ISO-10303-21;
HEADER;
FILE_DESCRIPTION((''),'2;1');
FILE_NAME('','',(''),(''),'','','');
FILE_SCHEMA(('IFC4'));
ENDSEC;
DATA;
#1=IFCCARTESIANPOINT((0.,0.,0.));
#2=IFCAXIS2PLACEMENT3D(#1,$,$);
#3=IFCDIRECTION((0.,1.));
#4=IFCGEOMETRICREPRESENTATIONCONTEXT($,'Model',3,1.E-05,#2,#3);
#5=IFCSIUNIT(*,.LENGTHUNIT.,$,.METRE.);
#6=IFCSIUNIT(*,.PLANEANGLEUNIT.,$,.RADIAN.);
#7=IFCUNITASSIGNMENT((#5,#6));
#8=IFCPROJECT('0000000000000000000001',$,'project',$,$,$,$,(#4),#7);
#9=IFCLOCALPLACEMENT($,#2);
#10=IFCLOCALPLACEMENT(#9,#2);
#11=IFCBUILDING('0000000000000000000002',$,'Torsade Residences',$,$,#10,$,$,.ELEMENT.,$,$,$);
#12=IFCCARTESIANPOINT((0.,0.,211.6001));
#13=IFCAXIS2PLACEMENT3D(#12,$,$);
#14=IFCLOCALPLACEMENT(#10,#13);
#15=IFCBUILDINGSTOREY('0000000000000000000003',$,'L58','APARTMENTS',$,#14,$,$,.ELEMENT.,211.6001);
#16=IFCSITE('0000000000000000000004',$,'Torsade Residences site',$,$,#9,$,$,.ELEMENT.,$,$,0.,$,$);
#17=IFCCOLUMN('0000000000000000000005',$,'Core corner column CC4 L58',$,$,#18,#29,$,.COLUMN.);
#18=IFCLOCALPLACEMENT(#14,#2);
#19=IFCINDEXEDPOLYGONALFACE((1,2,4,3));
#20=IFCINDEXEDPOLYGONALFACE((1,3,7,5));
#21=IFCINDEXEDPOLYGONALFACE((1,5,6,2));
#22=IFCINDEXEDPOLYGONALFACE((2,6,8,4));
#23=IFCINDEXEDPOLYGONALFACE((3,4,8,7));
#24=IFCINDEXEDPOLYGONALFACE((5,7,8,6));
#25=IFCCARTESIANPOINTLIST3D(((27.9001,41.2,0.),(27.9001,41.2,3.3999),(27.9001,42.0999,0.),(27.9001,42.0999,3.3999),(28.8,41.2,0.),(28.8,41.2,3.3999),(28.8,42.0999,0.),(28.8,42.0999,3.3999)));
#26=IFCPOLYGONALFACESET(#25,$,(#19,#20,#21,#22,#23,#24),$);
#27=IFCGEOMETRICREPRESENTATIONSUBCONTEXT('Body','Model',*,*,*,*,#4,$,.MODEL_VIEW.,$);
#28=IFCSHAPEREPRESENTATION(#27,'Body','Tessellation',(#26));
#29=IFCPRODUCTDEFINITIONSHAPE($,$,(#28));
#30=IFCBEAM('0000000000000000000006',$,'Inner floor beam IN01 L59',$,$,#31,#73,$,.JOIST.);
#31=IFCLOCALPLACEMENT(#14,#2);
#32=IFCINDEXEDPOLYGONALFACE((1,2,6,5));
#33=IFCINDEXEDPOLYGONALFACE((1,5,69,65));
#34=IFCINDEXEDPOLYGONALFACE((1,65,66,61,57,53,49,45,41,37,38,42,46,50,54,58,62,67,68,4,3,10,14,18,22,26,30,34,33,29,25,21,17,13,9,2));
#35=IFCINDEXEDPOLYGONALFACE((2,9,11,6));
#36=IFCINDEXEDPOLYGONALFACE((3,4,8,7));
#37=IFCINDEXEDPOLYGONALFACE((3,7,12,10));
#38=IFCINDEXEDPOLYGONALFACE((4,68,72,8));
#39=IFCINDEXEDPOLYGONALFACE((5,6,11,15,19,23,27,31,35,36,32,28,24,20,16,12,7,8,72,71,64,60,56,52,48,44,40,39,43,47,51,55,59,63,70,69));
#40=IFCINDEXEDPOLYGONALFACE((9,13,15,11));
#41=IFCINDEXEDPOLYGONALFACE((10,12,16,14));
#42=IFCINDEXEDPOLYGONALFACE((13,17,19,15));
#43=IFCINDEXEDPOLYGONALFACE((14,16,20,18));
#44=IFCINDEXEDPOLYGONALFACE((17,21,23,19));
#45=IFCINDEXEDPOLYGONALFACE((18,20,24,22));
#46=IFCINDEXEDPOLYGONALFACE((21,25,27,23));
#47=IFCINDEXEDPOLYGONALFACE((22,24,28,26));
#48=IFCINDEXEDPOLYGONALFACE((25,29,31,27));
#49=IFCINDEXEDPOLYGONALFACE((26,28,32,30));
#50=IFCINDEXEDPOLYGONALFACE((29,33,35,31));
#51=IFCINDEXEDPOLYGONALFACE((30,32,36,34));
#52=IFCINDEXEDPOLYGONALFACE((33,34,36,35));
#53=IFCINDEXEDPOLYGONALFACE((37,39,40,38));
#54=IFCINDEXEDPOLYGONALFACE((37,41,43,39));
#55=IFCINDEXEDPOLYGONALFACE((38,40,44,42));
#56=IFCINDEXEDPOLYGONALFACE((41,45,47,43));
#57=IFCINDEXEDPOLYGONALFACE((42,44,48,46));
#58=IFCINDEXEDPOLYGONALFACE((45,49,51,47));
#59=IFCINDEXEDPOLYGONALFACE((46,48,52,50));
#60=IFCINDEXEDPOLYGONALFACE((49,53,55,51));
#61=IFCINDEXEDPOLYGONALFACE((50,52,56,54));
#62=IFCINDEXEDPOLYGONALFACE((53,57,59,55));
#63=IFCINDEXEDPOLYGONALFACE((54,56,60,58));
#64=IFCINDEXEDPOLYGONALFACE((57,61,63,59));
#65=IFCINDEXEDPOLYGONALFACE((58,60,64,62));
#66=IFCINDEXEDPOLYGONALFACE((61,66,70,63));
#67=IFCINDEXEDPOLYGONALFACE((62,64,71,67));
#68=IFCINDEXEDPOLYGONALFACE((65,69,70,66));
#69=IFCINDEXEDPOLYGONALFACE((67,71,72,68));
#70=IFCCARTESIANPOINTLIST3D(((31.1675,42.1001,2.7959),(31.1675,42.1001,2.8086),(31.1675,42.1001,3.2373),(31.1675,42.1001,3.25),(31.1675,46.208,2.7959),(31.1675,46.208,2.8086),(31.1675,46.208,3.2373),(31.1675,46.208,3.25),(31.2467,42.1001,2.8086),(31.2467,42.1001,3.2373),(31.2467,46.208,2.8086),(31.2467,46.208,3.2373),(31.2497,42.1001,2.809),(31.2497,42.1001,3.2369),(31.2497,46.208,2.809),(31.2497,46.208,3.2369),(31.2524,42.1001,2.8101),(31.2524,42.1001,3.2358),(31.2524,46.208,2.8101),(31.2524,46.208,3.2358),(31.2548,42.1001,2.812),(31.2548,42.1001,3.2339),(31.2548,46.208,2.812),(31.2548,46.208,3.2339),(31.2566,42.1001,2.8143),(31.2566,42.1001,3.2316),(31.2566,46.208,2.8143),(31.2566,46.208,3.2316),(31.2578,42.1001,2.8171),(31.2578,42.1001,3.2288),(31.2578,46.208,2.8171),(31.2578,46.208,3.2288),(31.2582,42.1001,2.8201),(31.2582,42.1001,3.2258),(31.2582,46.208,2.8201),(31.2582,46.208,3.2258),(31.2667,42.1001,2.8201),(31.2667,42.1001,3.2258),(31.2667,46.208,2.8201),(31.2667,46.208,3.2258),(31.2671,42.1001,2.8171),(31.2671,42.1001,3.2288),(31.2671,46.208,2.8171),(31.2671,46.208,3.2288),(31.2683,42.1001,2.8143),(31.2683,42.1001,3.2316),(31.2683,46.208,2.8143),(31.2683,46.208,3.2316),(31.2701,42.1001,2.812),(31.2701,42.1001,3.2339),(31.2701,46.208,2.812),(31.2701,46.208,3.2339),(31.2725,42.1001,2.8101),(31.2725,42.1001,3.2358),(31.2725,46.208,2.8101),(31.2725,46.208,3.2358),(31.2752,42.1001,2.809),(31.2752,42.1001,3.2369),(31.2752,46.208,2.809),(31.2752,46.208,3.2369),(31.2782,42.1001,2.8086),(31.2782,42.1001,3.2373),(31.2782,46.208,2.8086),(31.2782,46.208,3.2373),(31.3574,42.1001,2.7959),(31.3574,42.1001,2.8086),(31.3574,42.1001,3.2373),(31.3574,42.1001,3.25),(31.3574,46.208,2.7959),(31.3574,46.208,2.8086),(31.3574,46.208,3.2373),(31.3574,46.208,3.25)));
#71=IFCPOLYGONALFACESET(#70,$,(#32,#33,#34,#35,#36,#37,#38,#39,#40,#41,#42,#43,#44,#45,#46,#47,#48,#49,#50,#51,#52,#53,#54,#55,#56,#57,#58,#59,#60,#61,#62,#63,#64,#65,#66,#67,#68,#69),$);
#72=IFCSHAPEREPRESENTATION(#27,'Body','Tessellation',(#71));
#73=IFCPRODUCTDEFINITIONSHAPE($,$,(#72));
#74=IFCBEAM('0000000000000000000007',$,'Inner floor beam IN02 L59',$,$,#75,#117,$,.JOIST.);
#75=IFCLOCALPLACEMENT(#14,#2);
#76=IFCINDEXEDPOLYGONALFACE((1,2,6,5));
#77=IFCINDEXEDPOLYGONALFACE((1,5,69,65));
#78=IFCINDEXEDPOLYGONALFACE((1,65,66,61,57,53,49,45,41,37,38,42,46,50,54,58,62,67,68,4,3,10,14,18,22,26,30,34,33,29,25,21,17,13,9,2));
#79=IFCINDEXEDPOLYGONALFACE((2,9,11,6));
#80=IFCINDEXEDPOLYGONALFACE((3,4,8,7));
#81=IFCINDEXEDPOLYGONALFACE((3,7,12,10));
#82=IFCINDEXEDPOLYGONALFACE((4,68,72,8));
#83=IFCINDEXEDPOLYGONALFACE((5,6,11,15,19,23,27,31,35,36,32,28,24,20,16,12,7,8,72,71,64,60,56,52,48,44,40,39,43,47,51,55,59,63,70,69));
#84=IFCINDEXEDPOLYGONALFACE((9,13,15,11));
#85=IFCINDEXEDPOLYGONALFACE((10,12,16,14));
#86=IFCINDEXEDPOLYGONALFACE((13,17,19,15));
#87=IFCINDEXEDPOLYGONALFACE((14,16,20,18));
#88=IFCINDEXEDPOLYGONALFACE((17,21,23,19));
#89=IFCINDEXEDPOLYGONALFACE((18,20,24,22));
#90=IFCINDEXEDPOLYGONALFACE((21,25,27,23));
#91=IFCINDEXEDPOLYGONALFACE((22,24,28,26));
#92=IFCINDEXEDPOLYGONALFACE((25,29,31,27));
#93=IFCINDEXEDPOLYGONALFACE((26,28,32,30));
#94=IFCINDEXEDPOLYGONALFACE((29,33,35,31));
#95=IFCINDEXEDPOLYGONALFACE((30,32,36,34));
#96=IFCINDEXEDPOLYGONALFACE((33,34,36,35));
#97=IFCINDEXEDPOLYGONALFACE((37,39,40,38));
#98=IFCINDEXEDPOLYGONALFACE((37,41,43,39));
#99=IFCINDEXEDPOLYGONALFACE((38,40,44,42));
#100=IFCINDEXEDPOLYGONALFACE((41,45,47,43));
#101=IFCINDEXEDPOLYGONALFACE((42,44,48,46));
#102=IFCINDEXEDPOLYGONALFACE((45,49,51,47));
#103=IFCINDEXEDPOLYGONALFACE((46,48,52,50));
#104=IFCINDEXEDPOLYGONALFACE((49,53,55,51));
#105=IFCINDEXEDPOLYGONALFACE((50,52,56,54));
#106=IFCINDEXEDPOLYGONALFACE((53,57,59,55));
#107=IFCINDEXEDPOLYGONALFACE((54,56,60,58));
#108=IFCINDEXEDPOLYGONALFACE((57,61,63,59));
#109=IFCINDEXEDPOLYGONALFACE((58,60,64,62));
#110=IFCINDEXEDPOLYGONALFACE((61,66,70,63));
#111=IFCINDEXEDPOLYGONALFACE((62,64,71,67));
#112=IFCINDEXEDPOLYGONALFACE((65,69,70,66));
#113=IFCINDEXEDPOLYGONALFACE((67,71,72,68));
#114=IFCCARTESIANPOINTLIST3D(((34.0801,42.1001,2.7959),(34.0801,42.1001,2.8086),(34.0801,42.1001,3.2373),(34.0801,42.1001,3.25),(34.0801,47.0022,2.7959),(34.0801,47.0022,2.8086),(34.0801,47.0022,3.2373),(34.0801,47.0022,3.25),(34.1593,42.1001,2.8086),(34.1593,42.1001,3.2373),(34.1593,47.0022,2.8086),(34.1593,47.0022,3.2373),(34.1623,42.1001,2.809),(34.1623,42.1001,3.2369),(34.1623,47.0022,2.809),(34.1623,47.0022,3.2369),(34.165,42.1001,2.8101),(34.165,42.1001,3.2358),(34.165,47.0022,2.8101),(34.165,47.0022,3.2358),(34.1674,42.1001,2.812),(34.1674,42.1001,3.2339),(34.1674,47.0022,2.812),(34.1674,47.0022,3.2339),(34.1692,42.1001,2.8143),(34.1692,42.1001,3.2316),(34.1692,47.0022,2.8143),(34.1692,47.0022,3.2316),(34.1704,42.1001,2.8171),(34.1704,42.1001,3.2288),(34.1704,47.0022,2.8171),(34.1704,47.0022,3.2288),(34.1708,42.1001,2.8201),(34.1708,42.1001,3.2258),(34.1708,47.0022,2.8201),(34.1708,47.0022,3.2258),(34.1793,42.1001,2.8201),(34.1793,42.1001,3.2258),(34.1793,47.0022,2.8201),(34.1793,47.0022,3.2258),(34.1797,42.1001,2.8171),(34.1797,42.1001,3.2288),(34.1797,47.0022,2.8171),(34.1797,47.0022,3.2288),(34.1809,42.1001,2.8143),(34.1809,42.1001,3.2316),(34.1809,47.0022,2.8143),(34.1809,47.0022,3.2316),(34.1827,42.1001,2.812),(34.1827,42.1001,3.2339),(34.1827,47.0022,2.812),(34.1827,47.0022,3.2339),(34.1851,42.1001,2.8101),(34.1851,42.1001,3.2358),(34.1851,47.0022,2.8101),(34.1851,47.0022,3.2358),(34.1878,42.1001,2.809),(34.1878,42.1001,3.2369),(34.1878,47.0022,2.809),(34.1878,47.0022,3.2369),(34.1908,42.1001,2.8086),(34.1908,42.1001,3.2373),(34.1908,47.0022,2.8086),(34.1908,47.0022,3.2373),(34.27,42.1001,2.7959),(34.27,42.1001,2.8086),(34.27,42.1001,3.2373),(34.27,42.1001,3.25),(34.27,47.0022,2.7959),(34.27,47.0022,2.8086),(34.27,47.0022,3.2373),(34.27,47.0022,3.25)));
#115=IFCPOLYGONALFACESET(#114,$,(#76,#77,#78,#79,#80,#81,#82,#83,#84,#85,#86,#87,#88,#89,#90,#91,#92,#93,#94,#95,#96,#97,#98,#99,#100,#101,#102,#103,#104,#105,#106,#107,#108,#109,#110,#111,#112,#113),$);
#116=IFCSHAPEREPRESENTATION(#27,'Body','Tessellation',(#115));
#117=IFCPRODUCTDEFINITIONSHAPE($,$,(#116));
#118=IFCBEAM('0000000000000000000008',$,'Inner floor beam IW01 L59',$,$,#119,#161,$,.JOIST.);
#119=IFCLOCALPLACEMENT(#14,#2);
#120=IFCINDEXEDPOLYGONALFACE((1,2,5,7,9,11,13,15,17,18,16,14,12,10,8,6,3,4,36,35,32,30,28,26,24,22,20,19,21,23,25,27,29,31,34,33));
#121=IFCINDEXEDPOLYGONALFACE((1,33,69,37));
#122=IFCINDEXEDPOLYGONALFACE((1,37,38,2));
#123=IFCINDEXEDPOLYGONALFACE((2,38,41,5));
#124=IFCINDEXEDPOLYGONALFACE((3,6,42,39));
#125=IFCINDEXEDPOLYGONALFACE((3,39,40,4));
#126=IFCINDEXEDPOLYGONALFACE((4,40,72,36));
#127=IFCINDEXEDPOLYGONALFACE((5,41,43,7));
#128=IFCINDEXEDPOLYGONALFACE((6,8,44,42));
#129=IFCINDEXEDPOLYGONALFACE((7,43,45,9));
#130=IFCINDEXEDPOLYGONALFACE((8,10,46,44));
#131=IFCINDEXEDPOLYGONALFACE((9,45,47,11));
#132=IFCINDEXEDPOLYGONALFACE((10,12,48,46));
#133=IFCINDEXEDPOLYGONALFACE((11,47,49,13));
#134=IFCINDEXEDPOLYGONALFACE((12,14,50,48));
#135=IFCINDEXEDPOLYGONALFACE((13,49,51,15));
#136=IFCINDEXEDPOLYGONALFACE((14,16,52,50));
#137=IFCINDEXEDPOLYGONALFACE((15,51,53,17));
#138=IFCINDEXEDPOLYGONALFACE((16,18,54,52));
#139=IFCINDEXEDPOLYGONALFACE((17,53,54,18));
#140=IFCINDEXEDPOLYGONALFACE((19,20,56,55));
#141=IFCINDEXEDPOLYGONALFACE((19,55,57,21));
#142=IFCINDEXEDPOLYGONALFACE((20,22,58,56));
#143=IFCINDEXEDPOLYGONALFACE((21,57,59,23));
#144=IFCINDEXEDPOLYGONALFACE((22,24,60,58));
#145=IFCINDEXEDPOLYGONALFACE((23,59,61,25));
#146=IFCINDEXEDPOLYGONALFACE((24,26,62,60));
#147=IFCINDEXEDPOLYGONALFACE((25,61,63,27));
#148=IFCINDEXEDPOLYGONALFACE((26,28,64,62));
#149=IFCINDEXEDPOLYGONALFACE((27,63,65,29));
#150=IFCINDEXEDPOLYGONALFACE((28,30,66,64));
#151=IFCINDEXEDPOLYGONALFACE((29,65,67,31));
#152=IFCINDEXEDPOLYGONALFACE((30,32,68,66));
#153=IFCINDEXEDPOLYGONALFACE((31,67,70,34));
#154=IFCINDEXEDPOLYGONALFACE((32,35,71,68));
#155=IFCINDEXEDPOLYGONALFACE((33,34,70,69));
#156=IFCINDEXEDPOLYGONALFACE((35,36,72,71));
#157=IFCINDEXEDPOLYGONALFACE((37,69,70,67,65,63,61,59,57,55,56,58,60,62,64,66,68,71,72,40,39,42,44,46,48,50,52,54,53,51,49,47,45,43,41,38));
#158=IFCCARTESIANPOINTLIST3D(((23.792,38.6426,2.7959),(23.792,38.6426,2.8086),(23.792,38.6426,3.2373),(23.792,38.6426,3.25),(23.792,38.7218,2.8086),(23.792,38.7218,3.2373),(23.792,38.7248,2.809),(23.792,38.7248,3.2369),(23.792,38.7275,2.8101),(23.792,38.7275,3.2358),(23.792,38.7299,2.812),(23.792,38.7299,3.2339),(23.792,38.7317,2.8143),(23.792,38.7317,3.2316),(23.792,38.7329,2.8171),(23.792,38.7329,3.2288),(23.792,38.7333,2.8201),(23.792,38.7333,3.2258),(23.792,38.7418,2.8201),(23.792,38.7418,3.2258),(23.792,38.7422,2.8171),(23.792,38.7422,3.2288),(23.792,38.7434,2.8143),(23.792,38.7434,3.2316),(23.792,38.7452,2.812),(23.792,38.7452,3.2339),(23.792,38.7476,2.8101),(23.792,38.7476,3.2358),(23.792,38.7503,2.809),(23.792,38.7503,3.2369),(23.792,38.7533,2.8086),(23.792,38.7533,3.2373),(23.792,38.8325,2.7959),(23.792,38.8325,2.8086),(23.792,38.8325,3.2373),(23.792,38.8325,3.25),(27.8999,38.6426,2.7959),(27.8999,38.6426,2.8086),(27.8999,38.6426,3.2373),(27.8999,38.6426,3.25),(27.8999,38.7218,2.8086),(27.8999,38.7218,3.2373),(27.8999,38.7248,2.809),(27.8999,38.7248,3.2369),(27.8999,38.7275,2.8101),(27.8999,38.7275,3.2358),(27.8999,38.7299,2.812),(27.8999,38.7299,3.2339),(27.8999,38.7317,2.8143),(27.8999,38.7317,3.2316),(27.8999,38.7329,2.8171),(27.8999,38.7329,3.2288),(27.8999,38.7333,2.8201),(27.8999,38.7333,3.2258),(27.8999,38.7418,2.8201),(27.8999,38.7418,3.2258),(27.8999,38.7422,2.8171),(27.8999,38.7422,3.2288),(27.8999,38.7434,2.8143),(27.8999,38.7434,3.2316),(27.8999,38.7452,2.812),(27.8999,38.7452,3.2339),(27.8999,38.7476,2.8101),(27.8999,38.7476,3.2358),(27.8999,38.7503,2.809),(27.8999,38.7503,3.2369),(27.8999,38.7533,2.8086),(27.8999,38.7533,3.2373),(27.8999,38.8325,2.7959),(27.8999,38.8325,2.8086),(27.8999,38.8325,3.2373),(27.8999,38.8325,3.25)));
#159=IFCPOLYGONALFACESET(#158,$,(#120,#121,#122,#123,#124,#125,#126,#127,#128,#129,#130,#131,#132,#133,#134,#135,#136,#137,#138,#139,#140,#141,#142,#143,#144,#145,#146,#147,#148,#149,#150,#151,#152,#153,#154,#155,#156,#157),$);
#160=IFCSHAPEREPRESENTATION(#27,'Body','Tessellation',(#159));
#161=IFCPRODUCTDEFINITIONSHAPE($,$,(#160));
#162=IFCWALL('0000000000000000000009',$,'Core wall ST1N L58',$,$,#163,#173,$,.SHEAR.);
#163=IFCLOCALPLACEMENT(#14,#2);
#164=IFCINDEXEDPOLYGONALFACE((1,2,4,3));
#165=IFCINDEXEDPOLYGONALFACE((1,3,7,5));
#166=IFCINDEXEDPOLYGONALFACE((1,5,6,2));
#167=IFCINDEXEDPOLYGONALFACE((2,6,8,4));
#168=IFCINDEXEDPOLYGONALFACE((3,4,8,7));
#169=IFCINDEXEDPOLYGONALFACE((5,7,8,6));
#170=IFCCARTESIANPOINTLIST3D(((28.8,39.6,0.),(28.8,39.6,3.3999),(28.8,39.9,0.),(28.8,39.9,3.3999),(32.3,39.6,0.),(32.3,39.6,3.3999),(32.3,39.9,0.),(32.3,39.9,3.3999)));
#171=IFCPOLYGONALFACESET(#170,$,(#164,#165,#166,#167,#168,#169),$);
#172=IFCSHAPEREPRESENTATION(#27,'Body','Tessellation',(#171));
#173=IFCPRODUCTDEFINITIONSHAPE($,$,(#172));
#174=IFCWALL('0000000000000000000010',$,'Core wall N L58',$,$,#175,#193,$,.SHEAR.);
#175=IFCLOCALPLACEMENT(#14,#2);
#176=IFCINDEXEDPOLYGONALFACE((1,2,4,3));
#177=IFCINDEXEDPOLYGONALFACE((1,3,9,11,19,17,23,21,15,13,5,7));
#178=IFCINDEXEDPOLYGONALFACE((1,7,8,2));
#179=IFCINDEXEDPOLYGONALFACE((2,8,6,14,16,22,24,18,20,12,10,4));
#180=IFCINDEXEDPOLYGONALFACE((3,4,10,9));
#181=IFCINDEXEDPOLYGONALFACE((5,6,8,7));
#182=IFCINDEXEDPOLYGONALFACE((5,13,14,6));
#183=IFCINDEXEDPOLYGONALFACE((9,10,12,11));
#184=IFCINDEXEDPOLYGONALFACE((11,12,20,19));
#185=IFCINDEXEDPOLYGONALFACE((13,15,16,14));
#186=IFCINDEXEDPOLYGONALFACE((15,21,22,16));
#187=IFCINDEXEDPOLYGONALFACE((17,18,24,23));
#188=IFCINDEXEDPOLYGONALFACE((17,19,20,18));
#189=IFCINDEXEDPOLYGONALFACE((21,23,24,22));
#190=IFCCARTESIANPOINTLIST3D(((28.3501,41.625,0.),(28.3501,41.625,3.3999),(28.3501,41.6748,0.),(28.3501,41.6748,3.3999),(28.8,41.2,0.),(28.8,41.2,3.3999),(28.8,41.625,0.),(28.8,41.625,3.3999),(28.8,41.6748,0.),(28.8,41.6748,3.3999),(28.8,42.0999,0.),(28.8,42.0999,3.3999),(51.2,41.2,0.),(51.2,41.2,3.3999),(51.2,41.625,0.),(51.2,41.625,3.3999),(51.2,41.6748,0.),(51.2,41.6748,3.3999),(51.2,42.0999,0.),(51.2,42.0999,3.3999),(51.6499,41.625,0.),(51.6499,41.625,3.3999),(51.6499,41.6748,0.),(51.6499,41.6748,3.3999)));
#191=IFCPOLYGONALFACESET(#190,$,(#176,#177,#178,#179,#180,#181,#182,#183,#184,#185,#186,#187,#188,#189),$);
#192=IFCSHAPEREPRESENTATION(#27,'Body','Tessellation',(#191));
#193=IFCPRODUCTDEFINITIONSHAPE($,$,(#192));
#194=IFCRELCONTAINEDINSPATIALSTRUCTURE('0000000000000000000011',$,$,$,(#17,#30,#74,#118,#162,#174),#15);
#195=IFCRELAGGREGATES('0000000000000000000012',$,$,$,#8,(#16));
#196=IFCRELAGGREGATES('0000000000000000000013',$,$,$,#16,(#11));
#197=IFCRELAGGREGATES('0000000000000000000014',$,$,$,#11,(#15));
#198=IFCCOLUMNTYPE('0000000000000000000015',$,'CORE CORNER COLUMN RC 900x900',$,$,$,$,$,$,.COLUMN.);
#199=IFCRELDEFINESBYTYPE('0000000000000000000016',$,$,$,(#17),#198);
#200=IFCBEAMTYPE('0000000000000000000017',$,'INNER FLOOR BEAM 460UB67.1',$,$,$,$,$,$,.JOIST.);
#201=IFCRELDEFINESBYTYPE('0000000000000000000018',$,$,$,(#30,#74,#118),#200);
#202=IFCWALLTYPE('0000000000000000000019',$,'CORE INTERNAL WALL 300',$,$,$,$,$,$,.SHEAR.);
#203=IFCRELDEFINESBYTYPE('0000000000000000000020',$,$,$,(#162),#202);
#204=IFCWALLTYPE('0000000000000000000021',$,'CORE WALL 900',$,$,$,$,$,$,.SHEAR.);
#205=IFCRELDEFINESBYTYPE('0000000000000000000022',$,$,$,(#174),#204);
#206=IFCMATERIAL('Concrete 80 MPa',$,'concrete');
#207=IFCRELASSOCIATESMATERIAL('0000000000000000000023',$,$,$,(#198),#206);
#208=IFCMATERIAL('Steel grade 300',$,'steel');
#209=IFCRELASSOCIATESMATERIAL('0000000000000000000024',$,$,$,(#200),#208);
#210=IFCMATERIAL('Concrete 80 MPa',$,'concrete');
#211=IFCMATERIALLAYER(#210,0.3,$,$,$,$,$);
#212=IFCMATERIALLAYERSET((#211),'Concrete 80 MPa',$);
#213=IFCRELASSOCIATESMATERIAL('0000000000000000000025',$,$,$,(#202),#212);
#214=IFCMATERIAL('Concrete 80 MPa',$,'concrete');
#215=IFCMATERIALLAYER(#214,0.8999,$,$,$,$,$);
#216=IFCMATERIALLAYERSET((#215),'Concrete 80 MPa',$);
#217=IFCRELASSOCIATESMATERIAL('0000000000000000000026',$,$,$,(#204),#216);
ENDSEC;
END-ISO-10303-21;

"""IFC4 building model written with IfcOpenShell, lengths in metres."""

from ifc_helpers import new_model, si_unit, direction, frame, frame_2d, origin, origin_2d, place, context, subcontext, project, spatial, polyline, rectangle, i_section, outline, extrude, material, layer, layer_set, material_profile, profile_set, type_object, element, save


model = new_model("IFC4")

# Units and contexts
model_context = context("Model", 3, precision=1e-05, world=origin(), true_north=direction((0.0, 1.0)))
body_context = subcontext(model_context, "Body", "Model", "MODEL_VIEW")
ifc_project = project(units=[si_unit("LENGTHUNIT", "METRE"), si_unit("PLANEANGLEUNIT", "RADIAN")], contexts=[model_context])

# Site, building, storey
site_placement = place(None, origin())
site = spatial("IfcSite", under=ifc_project, at=site_placement, Name="Torsade Residences site", CompositionType="ELEMENT", RefElevation=0.0)
building_placement = place(site_placement, origin())
building = spatial("IfcBuilding", under=site, at=building_placement, Name="Torsade Residences", CompositionType="ELEMENT")
storey_placement = place(building_placement, frame((0.0, 0.0, 211.6001)))
storey = spatial("IfcBuildingStorey", under=building, at=storey_placement, Name="L58", Description="APARTMENTS", CompositionType="ELEMENT", Elevation=211.6001)

# Column
ifc_material_1 = material(Name="Concrete 80 MPa", Category="concrete")
ifc_material_profile_1 = material_profile(ifc_material_1, rectangle(XDim=0.8999, YDim=0.8999, at=origin_2d()), Name="RC 900x900")
ifc_profile_set_1 = profile_set([ifc_material_profile_1], Name="Concrete 80 MPa")
column_type = type_object("IfcColumnType", Name="CORE CORNER COLUMN RC 900x900", PredefinedType="COLUMN", material=ifc_profile_set_1)
column_placement = place(storey_placement, frame((28.3501, 41.6499, 0.0), z_axis=(0.0, 0.0, 1.0), x_axis=(1.0, 0.0, 0.0)))
element("IfcColumn", 1, at=column_placement, inside=storey, type_object=column_type, Name="Core corner column CC4 L58", PredefinedType="COLUMN", context=body_context, shape_type="SweptSolid", body=[
    extrude(rectangle(XDim=0.8999, YDim=0.8999, at=origin_2d()), origin(), (0.0, 0.0, 1.0), 3.3999),
])

# Beams
ifc_material_2 = material(Name="Steel grade 300", Category="steel")
ifc_material_profile_2 = material_profile(ifc_material_2, i_section(OverallWidth=0.1899, OverallDepth=0.4541, WebThickness=0.0085, FlangeThickness=0.0127, FilletRadius=0.0115, at=origin_2d()), Name="460UB67.1")
ifc_profile_set_2 = profile_set([ifc_material_profile_2], Name="Steel grade 300")
beam_type = type_object("IfcBeamType", Name="INNER FLOOR BEAM 460UB67.1", PredefinedType="JOIST", material=ifc_profile_set_2)
beam_1_placement = place(storey_placement, frame((31.2625, 42.1001, 3.0229), z_axis=(0.0, 1.0, 0.0), x_axis=(-1.0, 0.0, 0.0)))
element("IfcBeam", 2, at=beam_1_placement, inside=storey, type_object=beam_type, Name="Inner floor beam IN01 L59", PredefinedType="JOIST", context=body_context, shape_type="SweptSolid", body=[
    extrude(i_section(OverallWidth=0.1899, OverallDepth=0.4541, WebThickness=0.0085, FlangeThickness=0.0127, FilletRadius=0.0115, at=origin_2d()), origin(), (0.0, 0.0, 1.0), 4.1079),
])
beam_2_placement = place(storey_placement, frame((34.175, 42.1001, 3.0229), z_axis=(0.0, 1.0, 0.0), x_axis=(-1.0, 0.0, 0.0)))
element("IfcBeam", 3, at=beam_2_placement, inside=storey, type_object=beam_type, Name="Inner floor beam IN02 L59", PredefinedType="JOIST", context=body_context, shape_type="SweptSolid", body=[
    extrude(i_section(OverallWidth=0.1899, OverallDepth=0.4541, WebThickness=0.0085, FlangeThickness=0.0127, FilletRadius=0.0115, at=origin_2d()), origin(), (0.0, 0.0, 1.0), 4.9021),
])
beam_3_placement = place(storey_placement, frame((27.8999, 38.7375, 3.0229), z_axis=(-1.0, 0.0, 0.0), x_axis=(0.0, -1.0, 0.0)))
element("IfcBeam", 4, at=beam_3_placement, inside=storey, type_object=beam_type, Name="Inner floor beam IW01 L59", PredefinedType="JOIST", context=body_context, shape_type="SweptSolid", body=[
    extrude(i_section(OverallWidth=0.1899, OverallDepth=0.4541, WebThickness=0.0085, FlangeThickness=0.0127, FilletRadius=0.0115, at=origin_2d()), origin(), (0.0, 0.0, 1.0), 4.1079),
])

# Walls
ifc_material_3 = material(Name="Concrete 80 MPa", Category="concrete")
ifc_layer_1 = layer(ifc_material_3, 0.3)
ifc_layer_set_1 = layer_set([ifc_layer_1], Name="Concrete 80 MPa")
wall_type_1 = type_object("IfcWallType", Name="CORE INTERNAL WALL 300", PredefinedType="SHEAR", material=ifc_layer_set_1)
wall_1_placement = place(storey_placement, frame((28.8, 39.75, 0.0), z_axis=(0.0, 0.0, 1.0), x_axis=(1.0, 0.0, 0.0)))
element("IfcWall", 5, at=wall_1_placement, inside=storey, type_object=wall_type_1, Name="Core wall ST1N L58", PredefinedType="SHEAR", context=body_context, shape_type="SweptSolid", body=[
    extrude(rectangle(XDim=3.5, YDim=0.3, at=frame_2d((1.75, 0.0))), origin(), (0.0, 0.0, 1.0), 3.3999),
])
ifc_material_4 = material(Name="Concrete 80 MPa", Category="concrete")
ifc_layer_2 = layer(ifc_material_4, 0.8999)
ifc_layer_set_2 = layer_set([ifc_layer_2], Name="Concrete 80 MPa")
wall_type_2 = type_object("IfcWallType", Name="CORE WALL 900", PredefinedType="SHEAR", material=ifc_layer_set_2)
wall_2_placement = place(storey_placement, frame((28.8, 41.6499, 0.0), z_axis=(0.0, 0.0, 1.0), x_axis=(1.0, 0.0, 0.0)))
element("IfcWall", 6, at=wall_2_placement, inside=storey, type_object=wall_type_2, Name="Core wall N L58", PredefinedType="SHEAR", context=body_context, shape_type="SweptSolid", body=[
    extrude(outline(polyline([(0.0, -0.45), (22.3999, -0.45), (22.3999, -0.0249), (22.8499, -0.0249), (22.8499, 0.0249), (22.3999, 0.0249), (22.3999, 0.45), (0.0, 0.45), (0.0, 0.0249), (-0.45, 0.0249), (-0.45, -0.0249), (0.0, -0.0249), (0.0, -0.45)])), origin(), (0.0, 0.0, 1.0), 3.3999),
])

save(model, "model.ifc")
